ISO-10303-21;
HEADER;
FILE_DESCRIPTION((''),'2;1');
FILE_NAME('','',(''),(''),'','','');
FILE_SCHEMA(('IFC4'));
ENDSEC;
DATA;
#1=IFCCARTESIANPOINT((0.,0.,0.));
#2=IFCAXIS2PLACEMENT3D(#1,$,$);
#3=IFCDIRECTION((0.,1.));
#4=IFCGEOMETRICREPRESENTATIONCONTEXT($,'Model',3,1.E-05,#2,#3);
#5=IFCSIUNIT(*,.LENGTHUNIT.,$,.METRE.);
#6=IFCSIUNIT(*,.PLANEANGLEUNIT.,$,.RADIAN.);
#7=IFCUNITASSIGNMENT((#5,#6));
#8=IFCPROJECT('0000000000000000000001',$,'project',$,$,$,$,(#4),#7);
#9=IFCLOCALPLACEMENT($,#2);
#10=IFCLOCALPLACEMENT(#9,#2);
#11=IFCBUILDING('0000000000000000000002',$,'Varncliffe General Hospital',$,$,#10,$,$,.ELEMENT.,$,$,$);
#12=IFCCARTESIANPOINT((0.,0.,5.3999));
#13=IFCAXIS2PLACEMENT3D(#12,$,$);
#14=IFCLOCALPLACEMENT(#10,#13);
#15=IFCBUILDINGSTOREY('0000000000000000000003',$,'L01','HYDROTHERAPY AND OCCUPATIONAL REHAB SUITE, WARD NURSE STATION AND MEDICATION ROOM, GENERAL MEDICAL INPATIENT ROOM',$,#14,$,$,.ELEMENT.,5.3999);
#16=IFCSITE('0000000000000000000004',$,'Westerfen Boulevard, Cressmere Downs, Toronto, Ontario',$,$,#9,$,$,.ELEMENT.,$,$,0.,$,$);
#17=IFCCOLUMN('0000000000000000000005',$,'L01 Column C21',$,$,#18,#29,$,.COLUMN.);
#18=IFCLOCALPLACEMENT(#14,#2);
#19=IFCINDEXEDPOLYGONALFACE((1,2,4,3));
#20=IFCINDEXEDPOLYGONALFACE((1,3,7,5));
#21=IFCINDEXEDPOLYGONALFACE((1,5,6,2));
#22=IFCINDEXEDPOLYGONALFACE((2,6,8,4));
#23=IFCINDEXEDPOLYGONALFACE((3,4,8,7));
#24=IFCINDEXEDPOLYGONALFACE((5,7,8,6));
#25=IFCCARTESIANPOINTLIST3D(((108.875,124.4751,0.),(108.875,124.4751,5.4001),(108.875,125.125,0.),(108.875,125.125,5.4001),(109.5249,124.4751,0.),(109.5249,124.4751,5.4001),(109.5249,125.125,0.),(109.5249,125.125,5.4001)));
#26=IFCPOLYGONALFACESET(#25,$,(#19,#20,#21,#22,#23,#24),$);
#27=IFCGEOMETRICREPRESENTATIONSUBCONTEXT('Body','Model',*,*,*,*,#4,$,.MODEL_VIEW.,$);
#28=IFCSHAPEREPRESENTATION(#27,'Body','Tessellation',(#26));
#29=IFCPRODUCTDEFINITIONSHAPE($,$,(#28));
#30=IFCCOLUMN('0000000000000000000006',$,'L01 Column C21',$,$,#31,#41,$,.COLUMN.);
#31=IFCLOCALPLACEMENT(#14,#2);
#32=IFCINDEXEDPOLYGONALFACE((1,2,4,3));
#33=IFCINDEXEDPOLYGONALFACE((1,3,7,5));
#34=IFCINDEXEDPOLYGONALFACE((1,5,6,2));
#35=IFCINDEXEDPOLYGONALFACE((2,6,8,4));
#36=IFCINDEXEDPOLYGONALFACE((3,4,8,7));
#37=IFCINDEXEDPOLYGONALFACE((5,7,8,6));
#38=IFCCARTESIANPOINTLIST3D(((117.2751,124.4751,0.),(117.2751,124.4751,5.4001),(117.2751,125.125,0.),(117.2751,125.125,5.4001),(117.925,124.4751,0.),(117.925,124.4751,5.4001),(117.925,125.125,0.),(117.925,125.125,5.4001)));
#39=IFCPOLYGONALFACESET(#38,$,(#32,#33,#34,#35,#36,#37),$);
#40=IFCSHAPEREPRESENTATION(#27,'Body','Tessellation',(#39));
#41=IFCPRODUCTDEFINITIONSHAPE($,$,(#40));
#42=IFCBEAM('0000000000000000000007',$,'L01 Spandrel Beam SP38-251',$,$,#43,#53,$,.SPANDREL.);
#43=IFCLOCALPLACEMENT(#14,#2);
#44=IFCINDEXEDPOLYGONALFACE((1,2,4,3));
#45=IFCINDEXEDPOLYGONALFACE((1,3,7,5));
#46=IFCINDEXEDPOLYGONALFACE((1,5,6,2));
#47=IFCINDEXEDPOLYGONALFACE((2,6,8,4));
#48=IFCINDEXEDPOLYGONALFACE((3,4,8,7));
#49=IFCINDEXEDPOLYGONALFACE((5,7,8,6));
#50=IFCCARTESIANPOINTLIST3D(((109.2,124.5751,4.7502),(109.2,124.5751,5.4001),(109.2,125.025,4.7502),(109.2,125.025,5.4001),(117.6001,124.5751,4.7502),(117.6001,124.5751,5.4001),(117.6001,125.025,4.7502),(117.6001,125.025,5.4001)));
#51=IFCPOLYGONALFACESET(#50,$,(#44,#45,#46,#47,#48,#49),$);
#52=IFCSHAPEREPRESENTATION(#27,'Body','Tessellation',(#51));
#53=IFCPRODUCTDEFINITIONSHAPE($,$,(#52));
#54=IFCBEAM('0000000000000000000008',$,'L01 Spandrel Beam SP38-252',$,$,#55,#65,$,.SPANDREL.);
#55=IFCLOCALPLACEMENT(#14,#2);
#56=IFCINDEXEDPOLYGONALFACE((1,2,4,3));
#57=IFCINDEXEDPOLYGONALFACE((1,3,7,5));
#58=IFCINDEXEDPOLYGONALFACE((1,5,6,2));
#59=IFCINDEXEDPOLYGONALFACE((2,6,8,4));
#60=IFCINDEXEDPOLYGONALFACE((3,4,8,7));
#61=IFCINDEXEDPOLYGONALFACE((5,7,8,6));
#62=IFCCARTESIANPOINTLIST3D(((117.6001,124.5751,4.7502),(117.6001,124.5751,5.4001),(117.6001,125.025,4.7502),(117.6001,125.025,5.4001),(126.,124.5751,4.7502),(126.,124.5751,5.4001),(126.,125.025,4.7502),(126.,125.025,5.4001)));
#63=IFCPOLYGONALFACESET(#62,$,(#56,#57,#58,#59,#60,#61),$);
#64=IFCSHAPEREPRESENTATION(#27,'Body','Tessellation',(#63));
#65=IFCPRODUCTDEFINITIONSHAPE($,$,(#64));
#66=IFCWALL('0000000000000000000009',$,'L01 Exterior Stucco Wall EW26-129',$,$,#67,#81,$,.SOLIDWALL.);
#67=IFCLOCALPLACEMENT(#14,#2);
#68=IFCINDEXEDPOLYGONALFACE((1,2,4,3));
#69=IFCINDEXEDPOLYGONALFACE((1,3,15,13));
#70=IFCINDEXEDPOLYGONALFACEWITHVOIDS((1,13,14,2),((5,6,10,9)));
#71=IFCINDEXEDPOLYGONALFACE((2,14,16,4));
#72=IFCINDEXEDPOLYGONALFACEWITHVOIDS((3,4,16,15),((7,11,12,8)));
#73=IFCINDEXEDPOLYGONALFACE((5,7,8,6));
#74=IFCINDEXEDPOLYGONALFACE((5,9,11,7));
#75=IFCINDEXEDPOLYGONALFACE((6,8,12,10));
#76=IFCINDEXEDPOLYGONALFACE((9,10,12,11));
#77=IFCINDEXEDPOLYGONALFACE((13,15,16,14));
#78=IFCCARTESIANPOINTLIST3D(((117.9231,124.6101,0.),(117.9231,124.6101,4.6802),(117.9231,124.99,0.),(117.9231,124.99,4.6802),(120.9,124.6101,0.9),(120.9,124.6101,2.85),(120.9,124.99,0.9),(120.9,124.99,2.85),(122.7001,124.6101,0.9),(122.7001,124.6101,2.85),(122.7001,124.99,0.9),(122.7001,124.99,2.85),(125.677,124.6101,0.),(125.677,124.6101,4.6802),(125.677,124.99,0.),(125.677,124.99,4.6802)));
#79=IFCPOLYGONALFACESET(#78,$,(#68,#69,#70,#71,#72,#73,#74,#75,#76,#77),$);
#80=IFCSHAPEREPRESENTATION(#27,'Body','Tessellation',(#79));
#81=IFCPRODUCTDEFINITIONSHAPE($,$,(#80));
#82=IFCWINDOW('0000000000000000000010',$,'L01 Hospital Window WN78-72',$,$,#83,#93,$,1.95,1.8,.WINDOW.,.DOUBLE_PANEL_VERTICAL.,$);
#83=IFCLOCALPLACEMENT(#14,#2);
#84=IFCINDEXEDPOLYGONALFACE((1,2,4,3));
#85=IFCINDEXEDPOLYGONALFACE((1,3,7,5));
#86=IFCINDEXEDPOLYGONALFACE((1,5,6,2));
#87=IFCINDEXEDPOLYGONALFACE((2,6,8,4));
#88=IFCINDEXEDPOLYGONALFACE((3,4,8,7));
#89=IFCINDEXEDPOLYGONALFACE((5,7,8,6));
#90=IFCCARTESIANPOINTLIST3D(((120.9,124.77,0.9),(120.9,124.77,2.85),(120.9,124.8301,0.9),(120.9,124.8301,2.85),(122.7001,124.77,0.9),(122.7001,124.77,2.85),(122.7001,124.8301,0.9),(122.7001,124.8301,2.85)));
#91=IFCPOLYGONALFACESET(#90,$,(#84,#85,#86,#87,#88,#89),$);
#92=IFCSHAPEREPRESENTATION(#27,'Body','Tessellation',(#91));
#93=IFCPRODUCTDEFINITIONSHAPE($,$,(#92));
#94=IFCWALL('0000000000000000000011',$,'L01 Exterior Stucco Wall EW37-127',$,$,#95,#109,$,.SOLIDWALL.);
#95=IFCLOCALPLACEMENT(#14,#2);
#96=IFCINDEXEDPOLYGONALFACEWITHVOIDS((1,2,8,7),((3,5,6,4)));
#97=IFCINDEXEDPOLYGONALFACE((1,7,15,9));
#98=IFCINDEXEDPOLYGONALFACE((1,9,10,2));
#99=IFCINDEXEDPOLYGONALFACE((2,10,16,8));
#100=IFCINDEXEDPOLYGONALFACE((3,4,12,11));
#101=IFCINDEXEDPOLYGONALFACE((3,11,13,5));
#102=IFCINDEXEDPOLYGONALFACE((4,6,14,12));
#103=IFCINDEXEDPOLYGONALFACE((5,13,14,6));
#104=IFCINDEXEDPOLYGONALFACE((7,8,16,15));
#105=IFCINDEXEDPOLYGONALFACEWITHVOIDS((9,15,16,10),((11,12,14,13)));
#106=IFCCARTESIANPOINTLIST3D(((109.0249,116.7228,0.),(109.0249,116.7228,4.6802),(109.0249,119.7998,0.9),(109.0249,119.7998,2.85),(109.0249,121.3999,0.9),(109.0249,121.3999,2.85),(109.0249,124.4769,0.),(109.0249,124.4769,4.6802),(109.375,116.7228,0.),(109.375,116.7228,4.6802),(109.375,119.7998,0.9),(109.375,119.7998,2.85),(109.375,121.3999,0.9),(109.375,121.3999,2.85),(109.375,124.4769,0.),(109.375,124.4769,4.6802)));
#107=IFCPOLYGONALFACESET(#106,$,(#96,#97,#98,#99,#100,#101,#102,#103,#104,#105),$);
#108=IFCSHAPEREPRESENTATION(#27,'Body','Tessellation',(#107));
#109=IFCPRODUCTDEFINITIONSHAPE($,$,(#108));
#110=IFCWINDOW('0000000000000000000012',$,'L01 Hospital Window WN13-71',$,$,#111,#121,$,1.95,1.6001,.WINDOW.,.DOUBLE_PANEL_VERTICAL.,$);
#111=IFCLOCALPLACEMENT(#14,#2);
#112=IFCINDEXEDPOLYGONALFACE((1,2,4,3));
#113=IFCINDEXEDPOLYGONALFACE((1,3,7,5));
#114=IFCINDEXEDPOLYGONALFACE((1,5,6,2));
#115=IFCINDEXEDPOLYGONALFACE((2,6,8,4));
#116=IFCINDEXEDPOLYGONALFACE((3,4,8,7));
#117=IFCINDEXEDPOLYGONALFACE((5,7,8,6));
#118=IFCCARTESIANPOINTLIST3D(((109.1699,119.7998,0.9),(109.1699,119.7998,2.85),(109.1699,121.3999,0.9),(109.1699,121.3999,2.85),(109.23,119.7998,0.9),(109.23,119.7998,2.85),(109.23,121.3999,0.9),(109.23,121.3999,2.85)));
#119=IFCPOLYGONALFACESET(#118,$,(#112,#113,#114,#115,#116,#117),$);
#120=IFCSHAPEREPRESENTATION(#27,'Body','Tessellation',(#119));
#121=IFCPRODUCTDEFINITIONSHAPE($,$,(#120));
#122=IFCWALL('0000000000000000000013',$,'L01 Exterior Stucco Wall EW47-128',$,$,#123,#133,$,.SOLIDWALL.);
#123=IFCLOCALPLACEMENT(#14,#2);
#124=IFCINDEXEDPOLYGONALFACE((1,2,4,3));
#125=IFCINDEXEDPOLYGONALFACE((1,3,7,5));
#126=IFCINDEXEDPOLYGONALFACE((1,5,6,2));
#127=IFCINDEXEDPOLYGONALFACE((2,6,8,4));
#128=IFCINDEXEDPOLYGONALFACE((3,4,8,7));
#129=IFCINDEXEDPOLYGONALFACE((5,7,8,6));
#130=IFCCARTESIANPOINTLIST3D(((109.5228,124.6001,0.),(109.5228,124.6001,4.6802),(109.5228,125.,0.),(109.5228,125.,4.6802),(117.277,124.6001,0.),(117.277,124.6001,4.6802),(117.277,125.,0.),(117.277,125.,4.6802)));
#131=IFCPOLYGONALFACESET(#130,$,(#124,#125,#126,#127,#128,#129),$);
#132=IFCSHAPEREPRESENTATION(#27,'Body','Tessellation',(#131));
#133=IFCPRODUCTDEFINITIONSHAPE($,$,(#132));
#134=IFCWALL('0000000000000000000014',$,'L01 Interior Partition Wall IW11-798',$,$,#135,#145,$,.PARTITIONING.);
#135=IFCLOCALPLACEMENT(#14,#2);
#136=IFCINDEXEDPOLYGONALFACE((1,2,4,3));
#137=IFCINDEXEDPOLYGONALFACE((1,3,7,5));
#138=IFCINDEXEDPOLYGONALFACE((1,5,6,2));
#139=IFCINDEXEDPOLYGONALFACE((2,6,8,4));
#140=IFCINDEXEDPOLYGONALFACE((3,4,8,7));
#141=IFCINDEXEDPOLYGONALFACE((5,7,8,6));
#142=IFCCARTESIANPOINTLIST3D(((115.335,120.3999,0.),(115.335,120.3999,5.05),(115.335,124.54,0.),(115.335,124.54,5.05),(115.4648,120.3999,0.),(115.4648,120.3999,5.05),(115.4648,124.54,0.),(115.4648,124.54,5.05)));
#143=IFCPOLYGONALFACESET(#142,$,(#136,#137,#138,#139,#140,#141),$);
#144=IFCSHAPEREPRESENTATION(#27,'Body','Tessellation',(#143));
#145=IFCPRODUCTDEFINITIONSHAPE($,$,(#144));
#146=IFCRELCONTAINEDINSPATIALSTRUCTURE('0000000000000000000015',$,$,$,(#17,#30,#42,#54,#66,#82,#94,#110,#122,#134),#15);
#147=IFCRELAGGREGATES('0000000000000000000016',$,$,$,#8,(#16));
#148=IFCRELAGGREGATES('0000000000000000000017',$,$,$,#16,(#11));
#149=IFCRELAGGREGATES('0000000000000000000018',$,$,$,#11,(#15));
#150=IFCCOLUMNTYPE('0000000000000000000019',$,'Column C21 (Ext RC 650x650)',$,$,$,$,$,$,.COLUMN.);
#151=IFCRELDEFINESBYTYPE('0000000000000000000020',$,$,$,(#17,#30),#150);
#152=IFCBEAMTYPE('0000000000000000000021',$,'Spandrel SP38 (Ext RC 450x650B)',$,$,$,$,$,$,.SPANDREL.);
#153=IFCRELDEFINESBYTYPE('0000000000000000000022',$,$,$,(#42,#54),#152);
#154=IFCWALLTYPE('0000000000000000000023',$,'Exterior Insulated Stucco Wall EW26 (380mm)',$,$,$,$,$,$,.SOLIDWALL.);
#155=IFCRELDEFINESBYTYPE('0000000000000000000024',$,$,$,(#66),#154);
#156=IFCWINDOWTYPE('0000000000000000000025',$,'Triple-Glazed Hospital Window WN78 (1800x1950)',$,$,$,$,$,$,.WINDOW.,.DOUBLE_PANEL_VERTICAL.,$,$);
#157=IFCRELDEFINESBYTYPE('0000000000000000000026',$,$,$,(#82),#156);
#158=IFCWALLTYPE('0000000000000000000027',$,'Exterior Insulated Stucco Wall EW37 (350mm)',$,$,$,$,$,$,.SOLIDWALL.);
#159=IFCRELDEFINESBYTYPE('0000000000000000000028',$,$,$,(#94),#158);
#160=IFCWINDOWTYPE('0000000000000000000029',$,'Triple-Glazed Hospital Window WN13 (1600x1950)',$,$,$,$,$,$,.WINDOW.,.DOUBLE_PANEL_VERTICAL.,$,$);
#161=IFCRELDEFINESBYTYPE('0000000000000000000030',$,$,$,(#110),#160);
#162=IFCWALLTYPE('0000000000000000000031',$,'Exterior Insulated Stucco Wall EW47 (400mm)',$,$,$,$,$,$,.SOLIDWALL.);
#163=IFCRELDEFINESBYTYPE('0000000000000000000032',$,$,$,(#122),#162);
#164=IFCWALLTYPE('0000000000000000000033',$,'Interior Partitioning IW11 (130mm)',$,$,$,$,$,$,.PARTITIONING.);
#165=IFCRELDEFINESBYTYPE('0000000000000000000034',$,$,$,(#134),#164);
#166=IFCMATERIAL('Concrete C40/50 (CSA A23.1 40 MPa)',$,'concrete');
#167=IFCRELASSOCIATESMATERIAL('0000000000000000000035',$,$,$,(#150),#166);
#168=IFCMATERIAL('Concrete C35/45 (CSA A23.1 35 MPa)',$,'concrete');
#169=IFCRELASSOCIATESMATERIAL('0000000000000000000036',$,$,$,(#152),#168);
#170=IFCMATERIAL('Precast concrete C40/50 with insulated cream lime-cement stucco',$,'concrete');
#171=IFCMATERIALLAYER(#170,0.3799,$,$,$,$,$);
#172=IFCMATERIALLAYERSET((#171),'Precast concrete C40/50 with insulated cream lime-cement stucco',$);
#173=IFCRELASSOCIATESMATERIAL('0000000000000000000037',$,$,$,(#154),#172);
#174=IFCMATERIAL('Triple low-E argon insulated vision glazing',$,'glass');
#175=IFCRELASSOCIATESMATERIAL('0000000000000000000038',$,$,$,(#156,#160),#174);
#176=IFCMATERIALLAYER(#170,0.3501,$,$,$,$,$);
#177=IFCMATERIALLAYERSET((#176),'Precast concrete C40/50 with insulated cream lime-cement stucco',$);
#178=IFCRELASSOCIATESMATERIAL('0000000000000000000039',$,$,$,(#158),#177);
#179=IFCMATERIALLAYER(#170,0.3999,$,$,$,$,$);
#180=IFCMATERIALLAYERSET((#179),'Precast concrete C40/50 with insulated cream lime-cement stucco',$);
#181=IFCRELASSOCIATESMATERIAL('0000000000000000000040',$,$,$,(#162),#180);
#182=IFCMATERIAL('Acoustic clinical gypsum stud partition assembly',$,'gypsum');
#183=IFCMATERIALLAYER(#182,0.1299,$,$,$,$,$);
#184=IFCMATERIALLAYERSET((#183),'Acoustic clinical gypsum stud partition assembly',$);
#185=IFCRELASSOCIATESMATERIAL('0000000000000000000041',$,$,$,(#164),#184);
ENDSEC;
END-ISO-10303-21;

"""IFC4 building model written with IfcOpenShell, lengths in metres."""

from ifc_helpers import new_model, si_unit, direction, frame, frame_2d, origin, origin_2d, place, context, subcontext, project, spatial, rectangle, extrude, material, layer, layer_set, material_profile, profile_set, type_object, element, fill, save


model = new_model("IFC4")

# Units and contexts
model_context = context("Model", 3, precision=1e-05, world=origin(), true_north=direction((0.0, 1.0)))
body_context = subcontext(model_context, "Body", "Model", "MODEL_VIEW")
ifc_project = project(units=[si_unit("LENGTHUNIT", "METRE"), si_unit("PLANEANGLEUNIT", "RADIAN")], contexts=[model_context])

# Site, building, storey
site_placement = place(None, origin())
site = spatial("IfcSite", under=ifc_project, at=site_placement, Name="Westerfen Boulevard, Cressmere Downs, Toronto, Ontario", CompositionType="ELEMENT", RefElevation=0.0)
building_placement = place(site_placement, origin())
building = spatial("IfcBuilding", under=site, at=building_placement, Name="Varncliffe General Hospital", CompositionType="ELEMENT")
storey_placement = place(building_placement, frame((0.0, 0.0, 5.3999)))
storey = spatial("IfcBuildingStorey", under=building, at=storey_placement, Name="L01", Description="HYDROTHERAPY AND OCCUPATIONAL REHAB SUITE, WARD NURSE STATION AND MEDICATION ROOM, GENERAL MEDICAL INPATIENT ROOM", CompositionType="ELEMENT", Elevation=5.3999)

# Columns
ifc_material_1 = material(Name="Concrete C40/50 (CSA A23.1 40 MPa)", Category="concrete")
ifc_material_profile_1 = material_profile(ifc_material_1, rectangle(XDim=0.6499, YDim=0.6499, at=origin_2d()), Name="RC 650x650")
ifc_profile_set_1 = profile_set([ifc_material_profile_1], Name="Concrete C40/50 (CSA A23.1 40 MPa)")
column_type = type_object("IfcColumnType", Name="Column C21 (Ext RC 650x650)", PredefinedType="COLUMN", material=ifc_profile_set_1)
for number, where, z_axis, x_axis, name in (
    (1, (109.2, 124.8, 0.0), (0.0, 0.0, 1.0), (1.0, 0.0, 0.0), "L01 Column C21"),
    (2, (117.6001, 124.8, 0.0), (0.0, 0.0, 1.0), (1.0, 0.0, 0.0), "L01 Column C21"),
):
    element("IfcColumn", number, at=place(storey_placement, frame(where, z_axis=z_axis, x_axis=x_axis)), inside=storey, type_object=column_type, Name=name, PredefinedType="COLUMN", context=body_context, shape_type="SweptSolid", body=[
        extrude(rectangle(XDim=0.6499, YDim=0.6499, at=origin_2d()), origin(), (0.0, 0.0, 1.0), 5.4001),
    ])

# Beams
ifc_material_2 = material(Name="Concrete C35/45 (CSA A23.1 35 MPa)", Category="concrete")
ifc_material_profile_2 = material_profile(ifc_material_2, rectangle(XDim=0.45, YDim=0.6499, at=origin_2d()), Name="RC 450x650")
ifc_profile_set_2 = profile_set([ifc_material_profile_2], Name="Concrete C35/45 (CSA A23.1 35 MPa)")
beam_type = type_object("IfcBeamType", Name="Spandrel SP38 (Ext RC 450x650B)", PredefinedType="SPANDREL", material=ifc_profile_set_2)
beam_1_placement = place(storey_placement, frame((109.2, 124.8, 5.0752), z_axis=(1.0, 0.0, 0.0), x_axis=(0.0, 1.0, 0.0)))
element("IfcBeam", 3, at=beam_1_placement, inside=storey, type_object=beam_type, Name="L01 Spandrel Beam SP38-251", PredefinedType="SPANDREL", context=body_context, shape_type="SweptSolid", body=[
    extrude(rectangle(XDim=0.45, YDim=0.6499, at=origin_2d()), origin(), (0.0, 0.0, 1.0), 8.4001),
])
beam_2_placement = place(storey_placement, frame((117.6001, 124.8, 5.0752), z_axis=(1.0, 0.0, 0.0), x_axis=(0.0, 1.0, 0.0)))
element("IfcBeam", 4, at=beam_2_placement, inside=storey, type_object=beam_type, Name="L01 Spandrel Beam SP38-252", PredefinedType="SPANDREL", context=body_context, shape_type="SweptSolid", body=[
    extrude(rectangle(XDim=0.45, YDim=0.6499, at=origin_2d()), origin(), (0.0, 0.0, 1.0), 8.3999),
])

# Walls, openings, windows
ifc_material_3 = material(Name="Precast concrete C40/50 with insulated cream lime-cement stucco", Category="concrete")
ifc_layer_1 = layer(ifc_material_3, 0.3799)
ifc_layer_set_1 = layer_set([ifc_layer_1], Name="Precast concrete C40/50 with insulated cream lime-cement stucco")
wall_type_1 = type_object("IfcWallType", Name="Exterior Insulated Stucco Wall EW26 (380mm)", PredefinedType="SOLIDWALL", material=ifc_layer_set_1)
wall_1_placement = place(storey_placement, frame((117.9231, 124.8, 0.0), z_axis=(0.0, 0.0, 1.0), x_axis=(1.0, 0.0, 0.0)))
wall_1 = element("IfcWall", 5, at=wall_1_placement, inside=storey, type_object=wall_type_1, Name="L01 Exterior Stucco Wall EW26-129", PredefinedType="SOLIDWALL", context=body_context, shape_type="SweptSolid", body=[
    extrude(rectangle(XDim=7.7539, YDim=0.3799, at=frame_2d((3.877, 0.0))), origin(), (0.0, 0.0, 1.0), 4.6802),
])
opening_1_placement = place(wall_1_placement, frame((2.9771, 0.0, 0.8999)))
opening_1 = element("IfcOpeningElement", 6, at=opening_1_placement, cuts=wall_1, PredefinedType="OPENING", context=body_context, shape_type="SweptSolid", body=[
    extrude(rectangle(XDim=1.8, YDim=1.95, at=frame_2d((0.8999, 0.9751))), frame((0.0, 0.2, 0.0), z_axis=(0.0, -1.0, 0.0), x_axis=(1.0, 0.0, 0.0)), (0.0, 0.0, 1.0), 0.3999),
])
ifc_material_4 = material(Name="Triple low-E argon insulated vision glazing", Category="glass")
window_type_1 = type_object("IfcWindowType", Name="Triple-Glazed Hospital Window WN78 (1800x1950)", PartitioningType="DOUBLE_PANEL_VERTICAL", PredefinedType="WINDOW", material=ifc_material_4)
window_1_placement = place(opening_1_placement, origin())
window_1 = element("IfcWindow", 7, at=window_1_placement, inside=storey, type_object=window_type_1, Name="L01 Hospital Window WN78-72", OverallHeight=1.95, OverallWidth=1.8, PartitioningType="DOUBLE_PANEL_VERTICAL", PredefinedType="WINDOW", context=body_context, shape_type="SweptSolid", body=[
    extrude(rectangle(XDim=1.8, YDim=1.95, at=frame_2d((0.8999, 0.9751))), frame((0.0, 0.03, 0.0), z_axis=(0.0, -1.0, 0.0), x_axis=(1.0, 0.0, 0.0)), (0.0, 0.0, 1.0), 0.0601),
])
fill(opening_1, window_1)
ifc_layer_2 = layer(ifc_material_3, 0.3501)
ifc_layer_set_2 = layer_set([ifc_layer_2], Name="Precast concrete C40/50 with insulated cream lime-cement stucco")
wall_type_2 = type_object("IfcWallType", Name="Exterior Insulated Stucco Wall EW37 (350mm)", PredefinedType="SOLIDWALL", material=ifc_layer_set_2)
wall_2_placement = place(storey_placement, frame((109.2, 116.7229, 0.0), z_axis=(0.0, 0.0, 1.0), x_axis=(0.0, 1.0, 0.0)))
wall_2 = element("IfcWall", 8, at=wall_2_placement, inside=storey, type_object=wall_type_2, Name="L01 Exterior Stucco Wall EW37-127", PredefinedType="SOLIDWALL", context=body_context, shape_type="SweptSolid", body=[
    extrude(rectangle(XDim=7.7542, YDim=0.3501, at=frame_2d((3.877, 0.0))), origin(), (0.0, 0.0, 1.0), 4.6802),
])
opening_2_placement = place(wall_2_placement, frame((3.0769, 0.0, 0.8999)))
opening_2 = element("IfcOpeningElement", 9, at=opening_2_placement, cuts=wall_2, PredefinedType="OPENING", context=body_context, shape_type="SweptSolid", body=[
    extrude(rectangle(XDim=1.6001, YDim=1.95, at=frame_2d((0.8, 0.9751))), frame((0.0, 0.1851, 0.0), z_axis=(0.0, -1.0, 0.0), x_axis=(1.0, 0.0, 0.0)), (0.0, 0.0, 1.0), 0.3701),
])
window_type_2 = type_object("IfcWindowType", Name="Triple-Glazed Hospital Window WN13 (1600x1950)", PartitioningType="DOUBLE_PANEL_VERTICAL", PredefinedType="WINDOW", material=ifc_material_4)
window_2_placement = place(opening_2_placement, origin())
window_2 = element("IfcWindow", 10, at=window_2_placement, inside=storey, type_object=window_type_2, Name="L01 Hospital Window WN13-71", OverallHeight=1.95, OverallWidth=1.6001, PartitioningType="DOUBLE_PANEL_VERTICAL", PredefinedType="WINDOW", context=body_context, shape_type="SweptSolid", body=[
    extrude(rectangle(XDim=1.6001, YDim=1.95, at=frame_2d((0.8, 0.9751))), frame((0.0, 0.03, 0.0), z_axis=(0.0, -1.0, 0.0), x_axis=(1.0, 0.0, 0.0)), (0.0, 0.0, 1.0), 0.0601),
])
fill(opening_2, window_2)

# Walls
ifc_layer_3 = layer(ifc_material_3, 0.3999)
ifc_layer_set_3 = layer_set([ifc_layer_3], Name="Precast concrete C40/50 with insulated cream lime-cement stucco")
wall_type_3 = type_object("IfcWallType", Name="Exterior Insulated Stucco Wall EW47 (400mm)", PredefinedType="SOLIDWALL", material=ifc_layer_set_3)
wall_3_placement = place(storey_placement, frame((109.5229, 124.8, 0.0), z_axis=(0.0, 0.0, 1.0), x_axis=(1.0, 0.0, 0.0)))
element("IfcWall", 11, at=wall_3_placement, inside=storey, type_object=wall_type_3, Name="L01 Exterior Stucco Wall EW47-128", PredefinedType="SOLIDWALL", context=body_context, shape_type="SweptSolid", body=[
    extrude(rectangle(XDim=7.7542, YDim=0.3999, at=frame_2d((3.877, 0.0))), origin(), (0.0, 0.0, 1.0), 4.6802),
])
ifc_material_5 = material(Name="Acoustic clinical gypsum stud partition assembly", Category="gypsum")
ifc_layer_4 = layer(ifc_material_5, 0.1299)
ifc_layer_set_4 = layer_set([ifc_layer_4], Name="Acoustic clinical gypsum stud partition assembly")
wall_type_4 = type_object("IfcWallType", Name="Interior Partitioning IW11 (130mm)", PredefinedType="PARTITIONING", material=ifc_layer_set_4)
wall_4_placement = place(storey_placement, frame((115.3999, 120.3999, 0.0), z_axis=(0.0, 0.0, 1.0), x_axis=(0.0, 1.0, 0.0)))
element("IfcWall", 12, at=wall_4_placement, inside=storey, type_object=wall_type_4, Name="L01 Interior Partition Wall IW11-798", PredefinedType="PARTITIONING", context=body_context, shape_type="SweptSolid", body=[
    extrude(rectangle(XDim=4.1401, YDim=0.1299, at=frame_2d((2.0701, 0.0))), origin(), (0.0, 0.0, 1.0), 5.05),
])

save(model, "model.ifc")
